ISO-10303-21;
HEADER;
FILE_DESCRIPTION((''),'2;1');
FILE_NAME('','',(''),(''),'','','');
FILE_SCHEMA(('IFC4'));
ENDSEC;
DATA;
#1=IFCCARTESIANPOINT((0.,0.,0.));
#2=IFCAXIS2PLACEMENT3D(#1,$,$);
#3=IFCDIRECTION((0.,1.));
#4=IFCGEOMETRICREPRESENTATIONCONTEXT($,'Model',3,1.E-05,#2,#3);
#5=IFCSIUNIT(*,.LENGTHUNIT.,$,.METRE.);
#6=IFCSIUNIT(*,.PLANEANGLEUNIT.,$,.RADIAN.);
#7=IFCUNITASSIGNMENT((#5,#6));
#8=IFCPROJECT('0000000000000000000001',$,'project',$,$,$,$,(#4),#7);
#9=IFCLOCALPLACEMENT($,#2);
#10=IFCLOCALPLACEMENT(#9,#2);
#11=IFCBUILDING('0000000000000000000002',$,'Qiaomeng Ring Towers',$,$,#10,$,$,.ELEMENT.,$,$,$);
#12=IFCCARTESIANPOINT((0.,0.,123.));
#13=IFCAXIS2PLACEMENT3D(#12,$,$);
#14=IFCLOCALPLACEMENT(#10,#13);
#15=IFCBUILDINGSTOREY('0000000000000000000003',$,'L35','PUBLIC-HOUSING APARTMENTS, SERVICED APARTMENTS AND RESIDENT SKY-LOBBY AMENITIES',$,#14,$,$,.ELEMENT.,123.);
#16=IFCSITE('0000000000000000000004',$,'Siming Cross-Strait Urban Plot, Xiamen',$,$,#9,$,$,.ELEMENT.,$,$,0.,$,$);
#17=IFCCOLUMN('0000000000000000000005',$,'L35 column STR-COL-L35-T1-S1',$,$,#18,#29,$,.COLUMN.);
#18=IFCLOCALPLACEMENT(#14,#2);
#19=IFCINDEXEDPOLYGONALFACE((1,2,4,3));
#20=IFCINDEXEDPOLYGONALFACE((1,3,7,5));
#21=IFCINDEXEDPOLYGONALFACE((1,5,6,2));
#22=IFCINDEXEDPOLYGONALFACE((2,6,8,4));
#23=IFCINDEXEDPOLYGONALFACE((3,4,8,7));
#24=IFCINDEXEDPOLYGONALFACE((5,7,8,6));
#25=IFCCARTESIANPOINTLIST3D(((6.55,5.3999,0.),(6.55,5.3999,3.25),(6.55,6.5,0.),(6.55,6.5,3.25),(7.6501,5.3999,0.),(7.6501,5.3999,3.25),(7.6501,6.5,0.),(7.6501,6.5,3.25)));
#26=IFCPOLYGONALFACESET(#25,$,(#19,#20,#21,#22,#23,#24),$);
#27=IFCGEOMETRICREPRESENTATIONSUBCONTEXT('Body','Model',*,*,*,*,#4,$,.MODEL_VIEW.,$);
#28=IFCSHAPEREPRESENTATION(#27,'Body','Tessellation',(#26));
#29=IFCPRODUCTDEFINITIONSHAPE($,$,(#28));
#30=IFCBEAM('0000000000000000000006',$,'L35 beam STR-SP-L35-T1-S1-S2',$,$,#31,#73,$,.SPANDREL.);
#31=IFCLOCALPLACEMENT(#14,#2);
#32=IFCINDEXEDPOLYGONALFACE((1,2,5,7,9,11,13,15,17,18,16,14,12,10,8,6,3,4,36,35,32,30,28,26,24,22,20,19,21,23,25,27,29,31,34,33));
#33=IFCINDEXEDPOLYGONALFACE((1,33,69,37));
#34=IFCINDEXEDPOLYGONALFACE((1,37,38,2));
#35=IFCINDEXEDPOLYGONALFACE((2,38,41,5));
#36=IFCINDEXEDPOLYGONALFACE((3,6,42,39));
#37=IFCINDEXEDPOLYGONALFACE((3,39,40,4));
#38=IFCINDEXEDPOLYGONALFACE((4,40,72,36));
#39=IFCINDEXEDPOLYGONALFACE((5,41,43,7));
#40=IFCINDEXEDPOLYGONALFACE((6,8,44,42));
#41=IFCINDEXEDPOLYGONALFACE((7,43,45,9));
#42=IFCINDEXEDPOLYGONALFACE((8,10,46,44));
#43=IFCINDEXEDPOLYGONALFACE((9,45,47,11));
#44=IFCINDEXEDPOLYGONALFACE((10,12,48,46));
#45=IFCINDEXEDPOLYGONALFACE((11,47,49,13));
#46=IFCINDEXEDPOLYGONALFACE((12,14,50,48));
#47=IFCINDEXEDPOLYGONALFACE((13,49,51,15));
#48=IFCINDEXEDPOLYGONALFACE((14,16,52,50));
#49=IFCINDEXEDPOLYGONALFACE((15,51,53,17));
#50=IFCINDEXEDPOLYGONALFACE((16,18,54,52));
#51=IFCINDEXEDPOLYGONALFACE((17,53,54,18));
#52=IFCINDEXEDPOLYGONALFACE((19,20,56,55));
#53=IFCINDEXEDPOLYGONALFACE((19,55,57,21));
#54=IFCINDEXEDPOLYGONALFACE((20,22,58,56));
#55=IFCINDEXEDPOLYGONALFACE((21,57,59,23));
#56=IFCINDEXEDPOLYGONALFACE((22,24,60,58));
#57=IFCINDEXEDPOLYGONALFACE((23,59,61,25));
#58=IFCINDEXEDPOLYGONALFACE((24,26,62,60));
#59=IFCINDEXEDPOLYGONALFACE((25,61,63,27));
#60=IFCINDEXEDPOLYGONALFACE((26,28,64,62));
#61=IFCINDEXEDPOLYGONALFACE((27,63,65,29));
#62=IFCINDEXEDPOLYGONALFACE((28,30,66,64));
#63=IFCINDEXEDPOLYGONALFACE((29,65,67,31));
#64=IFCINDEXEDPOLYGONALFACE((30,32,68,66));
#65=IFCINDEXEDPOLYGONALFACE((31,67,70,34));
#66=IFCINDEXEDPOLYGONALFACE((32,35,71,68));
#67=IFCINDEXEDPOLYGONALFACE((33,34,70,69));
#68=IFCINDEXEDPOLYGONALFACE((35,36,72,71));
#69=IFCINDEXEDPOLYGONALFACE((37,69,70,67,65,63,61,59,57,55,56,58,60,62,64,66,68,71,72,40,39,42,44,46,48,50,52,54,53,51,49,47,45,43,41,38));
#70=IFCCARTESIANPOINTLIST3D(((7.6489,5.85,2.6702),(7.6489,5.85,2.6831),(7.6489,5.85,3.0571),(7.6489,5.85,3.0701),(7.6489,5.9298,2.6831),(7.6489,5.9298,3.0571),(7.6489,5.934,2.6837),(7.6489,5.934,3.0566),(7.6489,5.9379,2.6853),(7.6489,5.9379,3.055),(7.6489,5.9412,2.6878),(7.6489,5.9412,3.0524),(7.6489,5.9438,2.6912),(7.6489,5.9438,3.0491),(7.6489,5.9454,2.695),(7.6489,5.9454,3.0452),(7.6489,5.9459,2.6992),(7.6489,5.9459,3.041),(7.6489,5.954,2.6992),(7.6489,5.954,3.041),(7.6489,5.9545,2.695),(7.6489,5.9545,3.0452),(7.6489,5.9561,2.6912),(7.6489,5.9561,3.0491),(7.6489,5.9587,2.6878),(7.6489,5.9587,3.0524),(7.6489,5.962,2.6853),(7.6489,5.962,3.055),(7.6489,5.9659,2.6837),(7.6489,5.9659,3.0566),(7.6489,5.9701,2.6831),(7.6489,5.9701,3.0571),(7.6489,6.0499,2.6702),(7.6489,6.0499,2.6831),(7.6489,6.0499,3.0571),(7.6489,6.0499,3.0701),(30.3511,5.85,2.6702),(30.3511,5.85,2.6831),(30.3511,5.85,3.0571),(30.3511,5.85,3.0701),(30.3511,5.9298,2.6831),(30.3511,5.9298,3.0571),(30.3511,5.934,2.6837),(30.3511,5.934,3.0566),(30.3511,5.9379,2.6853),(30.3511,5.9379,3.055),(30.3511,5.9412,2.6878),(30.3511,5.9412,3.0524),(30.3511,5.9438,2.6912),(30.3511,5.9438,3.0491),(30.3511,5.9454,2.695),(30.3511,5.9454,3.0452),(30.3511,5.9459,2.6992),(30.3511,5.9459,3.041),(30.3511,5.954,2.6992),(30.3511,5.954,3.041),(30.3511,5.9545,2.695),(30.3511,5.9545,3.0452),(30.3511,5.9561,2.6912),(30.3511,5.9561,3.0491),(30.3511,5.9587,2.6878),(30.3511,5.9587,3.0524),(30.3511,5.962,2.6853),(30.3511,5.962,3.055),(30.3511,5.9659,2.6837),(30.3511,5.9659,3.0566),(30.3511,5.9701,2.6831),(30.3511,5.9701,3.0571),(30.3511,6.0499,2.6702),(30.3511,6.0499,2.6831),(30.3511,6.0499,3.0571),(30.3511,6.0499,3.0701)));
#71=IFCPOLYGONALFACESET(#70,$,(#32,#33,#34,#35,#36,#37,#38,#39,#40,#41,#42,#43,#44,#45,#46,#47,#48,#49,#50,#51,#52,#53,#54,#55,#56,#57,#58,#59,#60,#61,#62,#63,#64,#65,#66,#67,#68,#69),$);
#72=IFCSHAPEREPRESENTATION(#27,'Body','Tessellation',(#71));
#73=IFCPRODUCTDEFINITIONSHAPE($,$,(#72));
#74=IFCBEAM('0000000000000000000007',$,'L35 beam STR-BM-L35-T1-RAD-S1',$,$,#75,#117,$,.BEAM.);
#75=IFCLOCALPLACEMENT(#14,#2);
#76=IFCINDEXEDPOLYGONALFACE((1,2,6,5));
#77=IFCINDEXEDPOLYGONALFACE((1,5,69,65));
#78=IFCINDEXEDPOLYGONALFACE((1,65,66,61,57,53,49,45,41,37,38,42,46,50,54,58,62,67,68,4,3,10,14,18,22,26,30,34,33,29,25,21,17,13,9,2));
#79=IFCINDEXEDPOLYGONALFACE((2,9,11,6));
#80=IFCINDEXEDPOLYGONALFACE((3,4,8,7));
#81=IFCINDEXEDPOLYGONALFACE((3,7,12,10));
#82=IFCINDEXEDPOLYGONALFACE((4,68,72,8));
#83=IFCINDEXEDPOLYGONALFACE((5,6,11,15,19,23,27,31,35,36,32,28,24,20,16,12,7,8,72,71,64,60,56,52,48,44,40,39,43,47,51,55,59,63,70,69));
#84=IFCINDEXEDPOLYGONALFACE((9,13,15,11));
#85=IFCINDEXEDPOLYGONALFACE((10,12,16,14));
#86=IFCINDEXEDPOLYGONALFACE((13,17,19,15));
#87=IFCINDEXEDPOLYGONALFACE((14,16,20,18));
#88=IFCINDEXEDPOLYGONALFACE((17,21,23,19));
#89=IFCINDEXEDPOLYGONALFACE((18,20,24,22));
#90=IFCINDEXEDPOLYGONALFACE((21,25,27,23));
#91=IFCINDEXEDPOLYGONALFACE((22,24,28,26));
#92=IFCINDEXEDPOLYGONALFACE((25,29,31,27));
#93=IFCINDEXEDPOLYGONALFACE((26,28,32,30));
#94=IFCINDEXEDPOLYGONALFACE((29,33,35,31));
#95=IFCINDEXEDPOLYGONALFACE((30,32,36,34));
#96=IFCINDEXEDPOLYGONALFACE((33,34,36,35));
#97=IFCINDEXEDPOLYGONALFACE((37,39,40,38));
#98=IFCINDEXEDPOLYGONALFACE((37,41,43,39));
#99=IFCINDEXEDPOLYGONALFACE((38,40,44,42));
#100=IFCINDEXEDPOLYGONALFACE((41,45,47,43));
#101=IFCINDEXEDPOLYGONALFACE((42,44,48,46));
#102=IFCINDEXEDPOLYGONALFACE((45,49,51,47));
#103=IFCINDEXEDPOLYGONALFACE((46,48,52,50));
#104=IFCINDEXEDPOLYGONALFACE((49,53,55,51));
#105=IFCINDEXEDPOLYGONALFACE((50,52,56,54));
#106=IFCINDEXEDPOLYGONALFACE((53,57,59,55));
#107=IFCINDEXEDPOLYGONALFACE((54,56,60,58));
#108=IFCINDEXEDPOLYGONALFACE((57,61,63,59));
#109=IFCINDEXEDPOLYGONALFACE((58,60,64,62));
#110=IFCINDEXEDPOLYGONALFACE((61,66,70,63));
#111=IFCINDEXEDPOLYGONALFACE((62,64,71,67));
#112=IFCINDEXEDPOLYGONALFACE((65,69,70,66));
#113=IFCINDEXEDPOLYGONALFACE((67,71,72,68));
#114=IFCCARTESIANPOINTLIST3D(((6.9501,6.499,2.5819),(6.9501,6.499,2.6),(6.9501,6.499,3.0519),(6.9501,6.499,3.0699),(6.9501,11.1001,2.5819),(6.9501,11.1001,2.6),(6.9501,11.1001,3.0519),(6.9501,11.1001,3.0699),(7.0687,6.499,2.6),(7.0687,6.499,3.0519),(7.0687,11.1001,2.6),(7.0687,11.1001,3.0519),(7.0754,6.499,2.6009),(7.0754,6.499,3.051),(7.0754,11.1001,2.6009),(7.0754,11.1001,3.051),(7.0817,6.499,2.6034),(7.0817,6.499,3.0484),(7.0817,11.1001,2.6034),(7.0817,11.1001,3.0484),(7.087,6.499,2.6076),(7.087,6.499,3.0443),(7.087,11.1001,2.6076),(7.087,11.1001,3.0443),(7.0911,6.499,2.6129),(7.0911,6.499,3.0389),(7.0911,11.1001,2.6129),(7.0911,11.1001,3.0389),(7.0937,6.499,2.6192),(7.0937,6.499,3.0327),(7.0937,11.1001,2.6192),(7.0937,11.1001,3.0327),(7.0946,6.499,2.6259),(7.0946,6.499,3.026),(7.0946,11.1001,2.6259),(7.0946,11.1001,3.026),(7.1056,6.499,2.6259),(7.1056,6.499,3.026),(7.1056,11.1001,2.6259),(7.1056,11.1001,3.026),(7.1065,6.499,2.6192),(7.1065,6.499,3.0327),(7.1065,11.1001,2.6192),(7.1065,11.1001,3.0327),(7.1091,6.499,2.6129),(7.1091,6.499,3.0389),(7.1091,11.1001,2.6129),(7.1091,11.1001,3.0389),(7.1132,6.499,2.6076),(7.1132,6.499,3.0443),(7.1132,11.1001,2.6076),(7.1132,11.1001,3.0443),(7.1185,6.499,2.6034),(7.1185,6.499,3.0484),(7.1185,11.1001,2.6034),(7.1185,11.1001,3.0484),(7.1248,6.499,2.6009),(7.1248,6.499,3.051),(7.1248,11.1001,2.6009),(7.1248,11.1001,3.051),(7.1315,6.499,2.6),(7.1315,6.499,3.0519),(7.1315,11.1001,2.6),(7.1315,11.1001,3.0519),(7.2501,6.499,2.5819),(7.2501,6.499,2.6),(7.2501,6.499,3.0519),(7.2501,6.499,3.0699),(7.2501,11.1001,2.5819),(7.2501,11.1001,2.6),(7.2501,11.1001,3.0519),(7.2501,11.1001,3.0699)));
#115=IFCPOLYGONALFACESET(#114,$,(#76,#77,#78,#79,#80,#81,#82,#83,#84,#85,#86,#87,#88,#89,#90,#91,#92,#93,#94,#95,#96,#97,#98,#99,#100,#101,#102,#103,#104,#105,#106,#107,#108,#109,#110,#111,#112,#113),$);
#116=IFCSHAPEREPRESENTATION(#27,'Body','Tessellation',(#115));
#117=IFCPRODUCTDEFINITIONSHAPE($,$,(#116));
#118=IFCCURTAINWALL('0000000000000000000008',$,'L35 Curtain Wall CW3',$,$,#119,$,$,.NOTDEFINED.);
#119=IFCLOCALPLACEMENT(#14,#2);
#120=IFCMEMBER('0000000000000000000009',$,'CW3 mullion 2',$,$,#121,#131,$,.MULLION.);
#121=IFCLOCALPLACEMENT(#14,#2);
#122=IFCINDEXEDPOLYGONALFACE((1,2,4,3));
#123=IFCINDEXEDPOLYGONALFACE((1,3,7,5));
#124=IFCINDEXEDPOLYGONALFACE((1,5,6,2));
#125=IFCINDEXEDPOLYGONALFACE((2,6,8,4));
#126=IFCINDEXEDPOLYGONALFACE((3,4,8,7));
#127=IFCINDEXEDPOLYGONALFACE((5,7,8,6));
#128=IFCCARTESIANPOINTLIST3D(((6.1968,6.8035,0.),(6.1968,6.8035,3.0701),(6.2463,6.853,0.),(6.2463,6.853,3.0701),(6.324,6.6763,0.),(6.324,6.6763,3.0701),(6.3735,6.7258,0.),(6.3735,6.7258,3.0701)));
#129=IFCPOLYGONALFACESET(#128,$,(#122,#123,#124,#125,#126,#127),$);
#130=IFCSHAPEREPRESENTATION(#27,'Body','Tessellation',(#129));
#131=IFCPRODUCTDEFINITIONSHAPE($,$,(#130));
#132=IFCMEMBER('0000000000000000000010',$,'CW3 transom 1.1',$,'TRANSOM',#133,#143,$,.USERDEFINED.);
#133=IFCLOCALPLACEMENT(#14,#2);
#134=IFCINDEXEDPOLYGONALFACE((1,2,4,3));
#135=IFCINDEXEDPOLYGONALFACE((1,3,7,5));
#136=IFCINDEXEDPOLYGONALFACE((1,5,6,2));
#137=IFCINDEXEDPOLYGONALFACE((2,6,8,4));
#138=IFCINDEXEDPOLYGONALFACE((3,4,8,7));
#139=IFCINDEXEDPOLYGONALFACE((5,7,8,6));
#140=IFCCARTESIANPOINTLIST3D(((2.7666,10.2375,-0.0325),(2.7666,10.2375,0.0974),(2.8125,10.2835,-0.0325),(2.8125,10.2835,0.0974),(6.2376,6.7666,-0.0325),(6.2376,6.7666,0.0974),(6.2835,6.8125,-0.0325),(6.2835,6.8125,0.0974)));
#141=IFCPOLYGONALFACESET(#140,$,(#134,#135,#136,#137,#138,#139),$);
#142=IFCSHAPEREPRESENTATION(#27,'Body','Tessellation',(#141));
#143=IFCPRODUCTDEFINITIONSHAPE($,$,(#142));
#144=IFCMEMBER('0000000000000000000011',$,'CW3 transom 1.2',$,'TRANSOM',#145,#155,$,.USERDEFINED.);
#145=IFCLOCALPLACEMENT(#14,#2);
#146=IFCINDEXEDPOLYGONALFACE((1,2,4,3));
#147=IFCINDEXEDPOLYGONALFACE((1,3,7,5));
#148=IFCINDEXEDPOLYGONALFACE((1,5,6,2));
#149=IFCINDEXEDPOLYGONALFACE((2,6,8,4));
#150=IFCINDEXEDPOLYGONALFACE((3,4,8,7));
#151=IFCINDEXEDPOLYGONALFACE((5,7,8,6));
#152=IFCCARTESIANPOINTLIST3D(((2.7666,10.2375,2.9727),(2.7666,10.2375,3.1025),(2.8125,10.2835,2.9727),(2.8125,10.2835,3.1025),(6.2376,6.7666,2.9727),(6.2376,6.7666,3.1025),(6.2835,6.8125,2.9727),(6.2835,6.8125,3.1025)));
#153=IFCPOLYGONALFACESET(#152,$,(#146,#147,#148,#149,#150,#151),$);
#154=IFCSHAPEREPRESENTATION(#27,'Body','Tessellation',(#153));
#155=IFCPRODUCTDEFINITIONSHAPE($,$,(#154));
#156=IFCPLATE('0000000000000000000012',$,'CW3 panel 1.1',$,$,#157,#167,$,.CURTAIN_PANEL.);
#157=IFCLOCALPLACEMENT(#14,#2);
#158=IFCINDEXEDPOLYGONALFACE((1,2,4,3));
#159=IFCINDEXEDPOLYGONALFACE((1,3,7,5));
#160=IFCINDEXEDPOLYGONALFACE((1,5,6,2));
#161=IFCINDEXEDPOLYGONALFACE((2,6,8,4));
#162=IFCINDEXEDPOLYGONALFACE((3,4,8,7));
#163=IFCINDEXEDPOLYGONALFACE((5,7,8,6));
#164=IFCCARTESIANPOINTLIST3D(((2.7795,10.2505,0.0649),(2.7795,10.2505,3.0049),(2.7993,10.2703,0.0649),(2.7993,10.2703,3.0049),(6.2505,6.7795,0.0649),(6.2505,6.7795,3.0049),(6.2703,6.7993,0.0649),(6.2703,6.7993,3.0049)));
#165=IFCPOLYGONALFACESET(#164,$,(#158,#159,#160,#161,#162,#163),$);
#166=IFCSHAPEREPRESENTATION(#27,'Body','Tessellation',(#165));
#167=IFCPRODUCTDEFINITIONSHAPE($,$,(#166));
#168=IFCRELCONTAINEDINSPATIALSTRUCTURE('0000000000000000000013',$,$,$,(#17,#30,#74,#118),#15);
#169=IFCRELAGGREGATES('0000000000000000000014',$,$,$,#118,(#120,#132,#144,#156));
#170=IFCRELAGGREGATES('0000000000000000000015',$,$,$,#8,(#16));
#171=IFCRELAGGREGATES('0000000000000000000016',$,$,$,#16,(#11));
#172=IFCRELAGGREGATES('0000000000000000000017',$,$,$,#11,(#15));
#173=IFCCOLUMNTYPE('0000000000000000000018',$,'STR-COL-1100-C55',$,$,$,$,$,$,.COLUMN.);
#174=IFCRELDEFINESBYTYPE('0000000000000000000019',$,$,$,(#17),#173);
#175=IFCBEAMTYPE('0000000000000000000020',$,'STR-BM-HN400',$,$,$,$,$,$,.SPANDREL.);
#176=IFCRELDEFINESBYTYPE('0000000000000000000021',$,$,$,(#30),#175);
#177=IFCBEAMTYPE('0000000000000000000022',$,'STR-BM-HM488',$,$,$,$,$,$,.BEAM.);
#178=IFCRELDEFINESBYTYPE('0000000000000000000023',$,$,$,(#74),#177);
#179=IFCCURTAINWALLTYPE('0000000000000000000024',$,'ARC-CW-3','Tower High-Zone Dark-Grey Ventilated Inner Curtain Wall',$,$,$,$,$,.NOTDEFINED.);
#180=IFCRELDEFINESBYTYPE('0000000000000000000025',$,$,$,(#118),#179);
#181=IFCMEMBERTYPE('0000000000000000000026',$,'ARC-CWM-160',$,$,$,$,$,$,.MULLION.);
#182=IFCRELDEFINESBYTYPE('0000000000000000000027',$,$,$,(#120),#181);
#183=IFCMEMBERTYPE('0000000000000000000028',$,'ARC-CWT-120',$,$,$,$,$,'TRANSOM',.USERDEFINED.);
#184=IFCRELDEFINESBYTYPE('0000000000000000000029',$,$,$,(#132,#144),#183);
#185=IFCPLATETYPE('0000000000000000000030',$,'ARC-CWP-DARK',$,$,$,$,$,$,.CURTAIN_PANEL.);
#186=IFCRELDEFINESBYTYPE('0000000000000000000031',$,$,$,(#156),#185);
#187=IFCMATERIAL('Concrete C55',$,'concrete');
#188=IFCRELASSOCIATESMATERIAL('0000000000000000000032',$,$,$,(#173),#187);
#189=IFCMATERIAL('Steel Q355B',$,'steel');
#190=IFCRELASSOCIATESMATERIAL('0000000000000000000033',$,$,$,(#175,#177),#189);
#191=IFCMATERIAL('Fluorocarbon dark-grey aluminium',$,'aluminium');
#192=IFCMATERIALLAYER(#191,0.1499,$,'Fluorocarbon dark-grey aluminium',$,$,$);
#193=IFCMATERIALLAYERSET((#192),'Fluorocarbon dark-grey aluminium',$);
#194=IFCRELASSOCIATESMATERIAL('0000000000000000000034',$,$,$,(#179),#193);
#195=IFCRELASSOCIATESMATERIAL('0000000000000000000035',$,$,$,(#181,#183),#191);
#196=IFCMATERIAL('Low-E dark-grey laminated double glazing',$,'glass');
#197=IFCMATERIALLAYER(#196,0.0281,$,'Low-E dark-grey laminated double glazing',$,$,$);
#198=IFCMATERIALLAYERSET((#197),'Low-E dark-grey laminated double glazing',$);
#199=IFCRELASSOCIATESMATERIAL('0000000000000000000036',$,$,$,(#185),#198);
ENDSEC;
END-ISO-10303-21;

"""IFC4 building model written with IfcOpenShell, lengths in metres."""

from ifc_helpers import new_model, si_unit, direction, frame, origin, origin_2d, place, context, subcontext, project, spatial, rectangle, i_section, extrude, source, transform, mapped, material, layer, layer_set, material_profile, profile_set, type_object, element, aggregate, save


model = new_model("IFC4")

# Units and contexts
model_context = context("Model", 3, precision=1e-05, world=origin(), true_north=direction((0.0, 1.0)))
body_context = subcontext(model_context, "Body", "Model", "MODEL_VIEW")
ifc_project = project(units=[si_unit("LENGTHUNIT", "METRE"), si_unit("PLANEANGLEUNIT", "RADIAN")], contexts=[model_context])

# Site, building, storey
site_placement = place(None, origin())
site = spatial("IfcSite", under=ifc_project, at=site_placement, Name="Siming Cross-Strait Urban Plot, Xiamen", CompositionType="ELEMENT", RefElevation=0.0)
building_placement = place(site_placement, origin())
building = spatial("IfcBuilding", under=site, at=building_placement, Name="Qiaomeng Ring Towers", CompositionType="ELEMENT")
storey_placement = place(building_placement, frame((0.0, 0.0, 123.0)))
storey = spatial("IfcBuildingStorey", under=building, at=storey_placement, Name="L35", Description="PUBLIC-HOUSING APARTMENTS, SERVICED APARTMENTS AND RESIDENT SKY-LOBBY AMENITIES", CompositionType="ELEMENT", Elevation=123.0)

# Column
ifc_material_1 = material(Name="Concrete C55", Category="concrete")
ifc_material_profile_1 = material_profile(ifc_material_1, rectangle(XDim=1.1001, YDim=1.1001, at=origin_2d()), Name="RC COL 1100x1100")
ifc_profile_set_1 = profile_set([ifc_material_profile_1], Name="Concrete C55")
column_type = type_object("IfcColumnType", Name="STR-COL-1100-C55", PredefinedType="COLUMN", material=ifc_profile_set_1)
shared_shape_1 = source(origin(), body_context, "Body", "SweptSolid", [
    extrude(rectangle(XDim=1.1001, YDim=1.1001, at=origin_2d()), origin(), (0.0, 0.0, 1.0), 3.25),
])
column_placement = place(storey_placement, frame((7.1001, 5.95, 0.0), z_axis=(0.0, 0.0, 1.0), x_axis=(1.0, 0.0, 0.0)))
element("IfcColumn", 1, at=column_placement, inside=storey, type_object=column_type, Name="L35 column STR-COL-L35-T1-S1", PredefinedType="COLUMN", context=body_context, shape_type="MappedRepresentation", body=[
    mapped(shared_shape_1, transform((0.0, 0.0, 0.0), x_axis=(1.0, 0.0, 0.0), y_axis=(0.0, 1.0, 0.0), z_axis=(0.0, 0.0, 1.0), scale=1.0)),
])

# Beams
ifc_material_2 = material(Name="Steel Q355B", Category="steel")
ifc_material_profile_2 = material_profile(ifc_material_2, i_section(OverallWidth=0.2, OverallDepth=0.3999, WebThickness=0.0081, FlangeThickness=0.0129, FilletRadius=0.0161, at=origin_2d()), Name="HN 400x200x8x13")
ifc_profile_set_2 = profile_set([ifc_material_profile_2], Name="Steel Q355B")
beam_type_1 = type_object("IfcBeamType", Name="STR-BM-HN400", PredefinedType="SPANDREL", material=ifc_profile_set_2)
shared_shape_2 = source(origin(), body_context, "Body", "SweptSolid", [
    extrude(i_section(OverallWidth=0.2, OverallDepth=0.3999, WebThickness=0.0081, FlangeThickness=0.0129, FilletRadius=0.0161, at=origin_2d()), origin(), (0.0, 0.0, 1.0), 22.7021),
])
beam_1_placement = place(storey_placement, frame((7.6489, 5.95, 2.8701), z_axis=(1.0, 0.0, 0.0), x_axis=(0.0, 1.0, 0.0)))
element("IfcBeam", 2, at=beam_1_placement, inside=storey, type_object=beam_type_1, Name="L35 beam STR-SP-L35-T1-S1-S2", PredefinedType="SPANDREL", context=body_context, shape_type="MappedRepresentation", body=[
    mapped(shared_shape_2, transform((0.0, 0.0, 0.0), x_axis=(1.0, 0.0, 0.0), y_axis=(0.0, 1.0, 0.0), z_axis=(0.0, 0.0, 1.0), scale=1.0)),
])
ifc_material_profile_3 = material_profile(ifc_material_2, i_section(OverallWidth=0.3, OverallDepth=0.488, WebThickness=0.011, FlangeThickness=0.0181, FilletRadius=0.0259, at=origin_2d()), Name="HM 488x300x11x18")
ifc_profile_set_3 = profile_set([ifc_material_profile_3], Name="Steel Q355B")
beam_type_2 = type_object("IfcBeamType", Name="STR-BM-HM488", PredefinedType="BEAM", material=ifc_profile_set_3)
shared_shape_3 = source(origin(), body_context, "Body", "SweptSolid", [
    extrude(i_section(OverallWidth=0.3, OverallDepth=0.488, WebThickness=0.011, FlangeThickness=0.0181, FilletRadius=0.0259, at=origin_2d()), origin(), (0.0, 0.0, 1.0), 4.6011),
])
beam_2_placement = place(storey_placement, frame((7.1001, 6.499, 2.8259), z_axis=(0.0, 1.0, 0.0), x_axis=(-1.0, 0.0, 0.0)))
element("IfcBeam", 3, at=beam_2_placement, inside=storey, type_object=beam_type_2, Name="L35 beam STR-BM-L35-T1-RAD-S1", PredefinedType="BEAM", context=body_context, shape_type="MappedRepresentation", body=[
    mapped(shared_shape_3, transform((0.0, 0.0, 0.0), x_axis=(1.0, 0.0, 0.0), y_axis=(0.0, 1.0, 0.0), z_axis=(0.0, 0.0, 1.0), scale=1.0)),
])

# Curtain wall, members, plate
ifc_material_3 = material(Name="Fluorocarbon dark-grey aluminium", Category="aluminium")
ifc_layer_1 = layer(ifc_material_3, 0.1499, Name="Fluorocarbon dark-grey aluminium")
ifc_layer_set_1 = layer_set([ifc_layer_1], Name="Fluorocarbon dark-grey aluminium")
curtain_wall_type = type_object("IfcCurtainWallType", Name="ARC-CW-3", Description="Tower High-Zone Dark-Grey Ventilated Inner Curtain Wall", PredefinedType="NOTDEFINED", material=ifc_layer_set_1)
curtain_wall_placement = place(storey_placement, origin())
curtain_wall = element("IfcCurtainWall", 4, at=curtain_wall_placement, inside=storey, type_object=curtain_wall_type, Name="L35 Curtain Wall CW3", PredefinedType="NOTDEFINED")
ifc_material_profile_4 = material_profile(ifc_material_3, rectangle(XDim=0.0701, YDim=0.1799, at=origin_2d()), Name="ALU MULL 70x180")
ifc_profile_set_4 = profile_set([ifc_material_profile_4], Name="Fluorocarbon dark-grey aluminium")
member_type_1 = type_object("IfcMemberType", Name="ARC-CWM-160", PredefinedType="MULLION", material=ifc_profile_set_4)
shared_shape_4 = source(origin(), body_context, "Body", "SweptSolid", [
    extrude(rectangle(XDim=0.0701, YDim=0.1799, at=origin_2d()), origin(), (0.0, 0.0, 1.0), 3.0701),
])
member_1_placement = place(storey_placement, frame((6.2852, 6.7646, 0.0), z_axis=(0.0, 0.0, 1.0), x_axis=(0.707107, 0.707107, 0.0)))
member_1 = element("IfcMember", 5, at=member_1_placement, type_object=member_type_1, Name="CW3 mullion 2", PredefinedType="MULLION", context=body_context, shape_type="MappedRepresentation", body=[
    mapped(shared_shape_4, transform((0.0, 0.0, 0.0), x_axis=(1.0, 0.0, 0.0), y_axis=(0.0, 1.0, 0.0), z_axis=(0.0, 0.0, 1.0), scale=1.0)),
])
ifc_material_profile_5 = material_profile(ifc_material_3, rectangle(XDim=0.0649, YDim=0.1299, at=origin_2d()), Name="ALU TRAN 65x130")
ifc_profile_set_5 = profile_set([ifc_material_profile_5], Name="Fluorocarbon dark-grey aluminium")
member_type_2 = type_object("IfcMemberType", Name="ARC-CWT-120", ElementType="TRANSOM", PredefinedType="USERDEFINED", material=ifc_profile_set_5)
shared_shape_5 = source(origin(), body_context, "Body", "SweptSolid", [
    extrude(rectangle(XDim=0.0649, YDim=0.1299, at=origin_2d()), origin(), (0.0, 0.0, 1.0), 4.9087),
])
member_2_placement = place(storey_placement, frame((2.7896, 10.2605, 0.0325), z_axis=(0.707107, -0.707107, 0.0), x_axis=(0.707107, 0.707107, 0.0)))
member_2 = element("IfcMember", 6, at=member_2_placement, type_object=member_type_2, Name="CW3 transom 1.1", ObjectType="TRANSOM", PredefinedType="USERDEFINED", context=body_context, shape_type="MappedRepresentation", body=[
    mapped(shared_shape_5, transform((0.0, 0.0, 0.0), x_axis=(1.0, 0.0, 0.0), y_axis=(0.0, 1.0, 0.0), z_axis=(0.0, 0.0, 1.0), scale=1.0)),
])
member_3_placement = place(storey_placement, frame((2.7896, 10.2605, 3.0376), z_axis=(0.707107, -0.707107, 0.0), x_axis=(0.707107, 0.707107, 0.0)))
member_3 = element("IfcMember", 7, at=member_3_placement, type_object=member_type_2, Name="CW3 transom 1.2", ObjectType="TRANSOM", PredefinedType="USERDEFINED", context=body_context, shape_type="MappedRepresentation", body=[
    mapped(shared_shape_5, transform((0.0, 0.0, 0.0), x_axis=(1.0, 0.0, 0.0), y_axis=(0.0, 1.0, 0.0), z_axis=(0.0, 0.0, 1.0), scale=1.0)),
])
ifc_material_4 = material(Name="Low-E dark-grey laminated double glazing", Category="glass")
ifc_layer_2 = layer(ifc_material_4, 0.0281, Name="Low-E dark-grey laminated double glazing")
ifc_layer_set_2 = layer_set([ifc_layer_2], Name="Low-E dark-grey laminated double glazing")
plate_type = type_object("IfcPlateType", Name="ARC-CWP-DARK", PredefinedType="CURTAIN_PANEL", material=ifc_layer_set_2)
shared_shape_6 = source(origin(), body_context, "Body", "SweptSolid", [
    extrude(rectangle(XDim=4.9087, YDim=0.0281, at=origin_2d()), origin(), (0.0, 0.0, 1.0), 2.9399),
])
plate_placement = place(storey_placement, frame((4.5249, 8.5249, 0.0649), z_axis=(0.0, 0.0, 1.0), x_axis=(0.707107, -0.707107, 0.0)))
plate = element("IfcPlate", 8, at=plate_placement, type_object=plate_type, Name="CW3 panel 1.1", PredefinedType="CURTAIN_PANEL", context=body_context, shape_type="MappedRepresentation", body=[
    mapped(shared_shape_6, transform((0.0, 0.0, 0.0), x_axis=(1.0, 0.0, 0.0), y_axis=(0.0, 1.0, 0.0), z_axis=(0.0, 0.0, 1.0), scale=1.0)),
])
aggregate(curtain_wall, [member_1, member_2, member_3, plate])

save(model, "model.ifc")
